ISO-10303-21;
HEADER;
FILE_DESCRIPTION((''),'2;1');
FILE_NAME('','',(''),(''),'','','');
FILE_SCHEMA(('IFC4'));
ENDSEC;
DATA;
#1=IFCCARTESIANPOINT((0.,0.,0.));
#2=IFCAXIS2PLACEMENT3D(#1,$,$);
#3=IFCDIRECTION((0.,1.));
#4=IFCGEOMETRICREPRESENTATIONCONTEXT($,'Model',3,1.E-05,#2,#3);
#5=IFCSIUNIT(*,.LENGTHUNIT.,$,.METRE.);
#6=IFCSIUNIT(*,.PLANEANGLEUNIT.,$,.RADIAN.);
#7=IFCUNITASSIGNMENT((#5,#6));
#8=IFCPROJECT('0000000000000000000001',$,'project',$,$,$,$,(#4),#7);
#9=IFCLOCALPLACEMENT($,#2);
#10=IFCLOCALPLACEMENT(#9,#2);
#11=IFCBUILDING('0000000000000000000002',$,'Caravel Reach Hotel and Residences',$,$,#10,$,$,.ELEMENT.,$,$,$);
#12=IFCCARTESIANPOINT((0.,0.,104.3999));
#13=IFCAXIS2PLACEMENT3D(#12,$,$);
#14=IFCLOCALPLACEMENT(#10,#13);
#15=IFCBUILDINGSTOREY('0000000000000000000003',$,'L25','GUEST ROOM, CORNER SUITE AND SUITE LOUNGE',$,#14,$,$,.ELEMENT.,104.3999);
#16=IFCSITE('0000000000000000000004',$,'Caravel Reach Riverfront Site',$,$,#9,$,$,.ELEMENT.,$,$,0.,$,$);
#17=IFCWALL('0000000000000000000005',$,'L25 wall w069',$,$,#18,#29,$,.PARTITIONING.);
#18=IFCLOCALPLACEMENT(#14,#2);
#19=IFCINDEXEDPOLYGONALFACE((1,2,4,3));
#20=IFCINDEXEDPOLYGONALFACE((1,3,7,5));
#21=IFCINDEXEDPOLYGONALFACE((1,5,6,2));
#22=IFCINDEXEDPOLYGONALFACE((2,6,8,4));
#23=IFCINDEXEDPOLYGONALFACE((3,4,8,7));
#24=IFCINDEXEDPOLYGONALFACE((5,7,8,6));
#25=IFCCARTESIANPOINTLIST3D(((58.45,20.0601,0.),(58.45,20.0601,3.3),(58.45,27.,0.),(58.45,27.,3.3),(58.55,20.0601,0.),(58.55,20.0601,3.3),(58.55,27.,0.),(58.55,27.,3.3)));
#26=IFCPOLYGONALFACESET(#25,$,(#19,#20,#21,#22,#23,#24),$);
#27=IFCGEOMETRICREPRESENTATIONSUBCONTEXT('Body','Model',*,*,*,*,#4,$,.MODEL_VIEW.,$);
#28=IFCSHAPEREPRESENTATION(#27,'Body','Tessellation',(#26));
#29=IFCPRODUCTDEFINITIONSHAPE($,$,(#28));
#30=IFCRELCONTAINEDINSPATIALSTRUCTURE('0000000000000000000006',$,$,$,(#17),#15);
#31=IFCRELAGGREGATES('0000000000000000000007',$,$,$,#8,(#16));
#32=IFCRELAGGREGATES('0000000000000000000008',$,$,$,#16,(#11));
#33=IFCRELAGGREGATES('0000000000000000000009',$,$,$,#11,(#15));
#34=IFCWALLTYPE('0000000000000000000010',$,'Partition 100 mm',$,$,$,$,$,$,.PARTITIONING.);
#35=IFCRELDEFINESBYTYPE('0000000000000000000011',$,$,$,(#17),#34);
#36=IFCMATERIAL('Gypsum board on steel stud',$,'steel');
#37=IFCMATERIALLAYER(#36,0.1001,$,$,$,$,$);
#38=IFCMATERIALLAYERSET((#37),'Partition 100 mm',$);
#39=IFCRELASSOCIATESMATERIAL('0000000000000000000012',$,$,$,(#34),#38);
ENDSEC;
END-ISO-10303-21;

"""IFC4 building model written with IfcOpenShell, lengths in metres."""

from ifc_helpers import new_model, si_unit, direction, frame, frame_2d, origin, place, context, subcontext, project, spatial, rectangle, extrude, material, layer, layer_set, type_object, element, save


model = new_model("IFC4")

# Units and contexts
model_context = context("Model", 3, precision=1e-05, world=origin(), true_north=direction((0.0, 1.0)))
body_context = subcontext(model_context, "Body", "Model", "MODEL_VIEW")
ifc_project = project(units=[si_unit("LENGTHUNIT", "METRE"), si_unit("PLANEANGLEUNIT", "RADIAN")], contexts=[model_context])

# Site, building, storey
site_placement = place(None, origin())
site = spatial("IfcSite", under=ifc_project, at=site_placement, Name="Caravel Reach Riverfront Site", CompositionType="ELEMENT", RefElevation=0.0)
building_placement = place(site_placement, origin())
building = spatial("IfcBuilding", under=site, at=building_placement, Name="Caravel Reach Hotel and Residences", CompositionType="ELEMENT")
storey_placement = place(building_placement, frame((0.0, 0.0, 104.3999)))
storey = spatial("IfcBuildingStorey", under=building, at=storey_placement, Name="L25", Description="GUEST ROOM, CORNER SUITE AND SUITE LOUNGE", CompositionType="ELEMENT", Elevation=104.3999)

# Shared definitions
ifc_material_1 = material(Name="Gypsum board on steel stud", Category="steel")
ifc_layer_1 = layer(ifc_material_1, 0.1001)
ifc_layer_set_1 = layer_set([ifc_layer_1], Name="Partition 100 mm")
wall_type_1 = type_object("IfcWallType", Name="Partition 100 mm", PredefinedType="PARTITIONING", material=ifc_layer_set_1)

# Wall
wall_1_placement = place(storey_placement, frame((58.5, 20.0601, 0.0), z_axis=(0.0, 0.0, 1.0), x_axis=(0.0, 1.0, 0.0)))
element("IfcWall", 1, at=wall_1_placement, inside=storey, type_object=wall_type_1, Name="L25 wall w069", PredefinedType="PARTITIONING", context=body_context, shape_type="SweptSolid", body=[
    extrude(rectangle(XDim=6.9399, YDim=0.1001, at=frame_2d((3.47, 0.0))), origin(), (0.0, 0.0, 1.0), 3.3),
])

save(model, "model.ifc")
